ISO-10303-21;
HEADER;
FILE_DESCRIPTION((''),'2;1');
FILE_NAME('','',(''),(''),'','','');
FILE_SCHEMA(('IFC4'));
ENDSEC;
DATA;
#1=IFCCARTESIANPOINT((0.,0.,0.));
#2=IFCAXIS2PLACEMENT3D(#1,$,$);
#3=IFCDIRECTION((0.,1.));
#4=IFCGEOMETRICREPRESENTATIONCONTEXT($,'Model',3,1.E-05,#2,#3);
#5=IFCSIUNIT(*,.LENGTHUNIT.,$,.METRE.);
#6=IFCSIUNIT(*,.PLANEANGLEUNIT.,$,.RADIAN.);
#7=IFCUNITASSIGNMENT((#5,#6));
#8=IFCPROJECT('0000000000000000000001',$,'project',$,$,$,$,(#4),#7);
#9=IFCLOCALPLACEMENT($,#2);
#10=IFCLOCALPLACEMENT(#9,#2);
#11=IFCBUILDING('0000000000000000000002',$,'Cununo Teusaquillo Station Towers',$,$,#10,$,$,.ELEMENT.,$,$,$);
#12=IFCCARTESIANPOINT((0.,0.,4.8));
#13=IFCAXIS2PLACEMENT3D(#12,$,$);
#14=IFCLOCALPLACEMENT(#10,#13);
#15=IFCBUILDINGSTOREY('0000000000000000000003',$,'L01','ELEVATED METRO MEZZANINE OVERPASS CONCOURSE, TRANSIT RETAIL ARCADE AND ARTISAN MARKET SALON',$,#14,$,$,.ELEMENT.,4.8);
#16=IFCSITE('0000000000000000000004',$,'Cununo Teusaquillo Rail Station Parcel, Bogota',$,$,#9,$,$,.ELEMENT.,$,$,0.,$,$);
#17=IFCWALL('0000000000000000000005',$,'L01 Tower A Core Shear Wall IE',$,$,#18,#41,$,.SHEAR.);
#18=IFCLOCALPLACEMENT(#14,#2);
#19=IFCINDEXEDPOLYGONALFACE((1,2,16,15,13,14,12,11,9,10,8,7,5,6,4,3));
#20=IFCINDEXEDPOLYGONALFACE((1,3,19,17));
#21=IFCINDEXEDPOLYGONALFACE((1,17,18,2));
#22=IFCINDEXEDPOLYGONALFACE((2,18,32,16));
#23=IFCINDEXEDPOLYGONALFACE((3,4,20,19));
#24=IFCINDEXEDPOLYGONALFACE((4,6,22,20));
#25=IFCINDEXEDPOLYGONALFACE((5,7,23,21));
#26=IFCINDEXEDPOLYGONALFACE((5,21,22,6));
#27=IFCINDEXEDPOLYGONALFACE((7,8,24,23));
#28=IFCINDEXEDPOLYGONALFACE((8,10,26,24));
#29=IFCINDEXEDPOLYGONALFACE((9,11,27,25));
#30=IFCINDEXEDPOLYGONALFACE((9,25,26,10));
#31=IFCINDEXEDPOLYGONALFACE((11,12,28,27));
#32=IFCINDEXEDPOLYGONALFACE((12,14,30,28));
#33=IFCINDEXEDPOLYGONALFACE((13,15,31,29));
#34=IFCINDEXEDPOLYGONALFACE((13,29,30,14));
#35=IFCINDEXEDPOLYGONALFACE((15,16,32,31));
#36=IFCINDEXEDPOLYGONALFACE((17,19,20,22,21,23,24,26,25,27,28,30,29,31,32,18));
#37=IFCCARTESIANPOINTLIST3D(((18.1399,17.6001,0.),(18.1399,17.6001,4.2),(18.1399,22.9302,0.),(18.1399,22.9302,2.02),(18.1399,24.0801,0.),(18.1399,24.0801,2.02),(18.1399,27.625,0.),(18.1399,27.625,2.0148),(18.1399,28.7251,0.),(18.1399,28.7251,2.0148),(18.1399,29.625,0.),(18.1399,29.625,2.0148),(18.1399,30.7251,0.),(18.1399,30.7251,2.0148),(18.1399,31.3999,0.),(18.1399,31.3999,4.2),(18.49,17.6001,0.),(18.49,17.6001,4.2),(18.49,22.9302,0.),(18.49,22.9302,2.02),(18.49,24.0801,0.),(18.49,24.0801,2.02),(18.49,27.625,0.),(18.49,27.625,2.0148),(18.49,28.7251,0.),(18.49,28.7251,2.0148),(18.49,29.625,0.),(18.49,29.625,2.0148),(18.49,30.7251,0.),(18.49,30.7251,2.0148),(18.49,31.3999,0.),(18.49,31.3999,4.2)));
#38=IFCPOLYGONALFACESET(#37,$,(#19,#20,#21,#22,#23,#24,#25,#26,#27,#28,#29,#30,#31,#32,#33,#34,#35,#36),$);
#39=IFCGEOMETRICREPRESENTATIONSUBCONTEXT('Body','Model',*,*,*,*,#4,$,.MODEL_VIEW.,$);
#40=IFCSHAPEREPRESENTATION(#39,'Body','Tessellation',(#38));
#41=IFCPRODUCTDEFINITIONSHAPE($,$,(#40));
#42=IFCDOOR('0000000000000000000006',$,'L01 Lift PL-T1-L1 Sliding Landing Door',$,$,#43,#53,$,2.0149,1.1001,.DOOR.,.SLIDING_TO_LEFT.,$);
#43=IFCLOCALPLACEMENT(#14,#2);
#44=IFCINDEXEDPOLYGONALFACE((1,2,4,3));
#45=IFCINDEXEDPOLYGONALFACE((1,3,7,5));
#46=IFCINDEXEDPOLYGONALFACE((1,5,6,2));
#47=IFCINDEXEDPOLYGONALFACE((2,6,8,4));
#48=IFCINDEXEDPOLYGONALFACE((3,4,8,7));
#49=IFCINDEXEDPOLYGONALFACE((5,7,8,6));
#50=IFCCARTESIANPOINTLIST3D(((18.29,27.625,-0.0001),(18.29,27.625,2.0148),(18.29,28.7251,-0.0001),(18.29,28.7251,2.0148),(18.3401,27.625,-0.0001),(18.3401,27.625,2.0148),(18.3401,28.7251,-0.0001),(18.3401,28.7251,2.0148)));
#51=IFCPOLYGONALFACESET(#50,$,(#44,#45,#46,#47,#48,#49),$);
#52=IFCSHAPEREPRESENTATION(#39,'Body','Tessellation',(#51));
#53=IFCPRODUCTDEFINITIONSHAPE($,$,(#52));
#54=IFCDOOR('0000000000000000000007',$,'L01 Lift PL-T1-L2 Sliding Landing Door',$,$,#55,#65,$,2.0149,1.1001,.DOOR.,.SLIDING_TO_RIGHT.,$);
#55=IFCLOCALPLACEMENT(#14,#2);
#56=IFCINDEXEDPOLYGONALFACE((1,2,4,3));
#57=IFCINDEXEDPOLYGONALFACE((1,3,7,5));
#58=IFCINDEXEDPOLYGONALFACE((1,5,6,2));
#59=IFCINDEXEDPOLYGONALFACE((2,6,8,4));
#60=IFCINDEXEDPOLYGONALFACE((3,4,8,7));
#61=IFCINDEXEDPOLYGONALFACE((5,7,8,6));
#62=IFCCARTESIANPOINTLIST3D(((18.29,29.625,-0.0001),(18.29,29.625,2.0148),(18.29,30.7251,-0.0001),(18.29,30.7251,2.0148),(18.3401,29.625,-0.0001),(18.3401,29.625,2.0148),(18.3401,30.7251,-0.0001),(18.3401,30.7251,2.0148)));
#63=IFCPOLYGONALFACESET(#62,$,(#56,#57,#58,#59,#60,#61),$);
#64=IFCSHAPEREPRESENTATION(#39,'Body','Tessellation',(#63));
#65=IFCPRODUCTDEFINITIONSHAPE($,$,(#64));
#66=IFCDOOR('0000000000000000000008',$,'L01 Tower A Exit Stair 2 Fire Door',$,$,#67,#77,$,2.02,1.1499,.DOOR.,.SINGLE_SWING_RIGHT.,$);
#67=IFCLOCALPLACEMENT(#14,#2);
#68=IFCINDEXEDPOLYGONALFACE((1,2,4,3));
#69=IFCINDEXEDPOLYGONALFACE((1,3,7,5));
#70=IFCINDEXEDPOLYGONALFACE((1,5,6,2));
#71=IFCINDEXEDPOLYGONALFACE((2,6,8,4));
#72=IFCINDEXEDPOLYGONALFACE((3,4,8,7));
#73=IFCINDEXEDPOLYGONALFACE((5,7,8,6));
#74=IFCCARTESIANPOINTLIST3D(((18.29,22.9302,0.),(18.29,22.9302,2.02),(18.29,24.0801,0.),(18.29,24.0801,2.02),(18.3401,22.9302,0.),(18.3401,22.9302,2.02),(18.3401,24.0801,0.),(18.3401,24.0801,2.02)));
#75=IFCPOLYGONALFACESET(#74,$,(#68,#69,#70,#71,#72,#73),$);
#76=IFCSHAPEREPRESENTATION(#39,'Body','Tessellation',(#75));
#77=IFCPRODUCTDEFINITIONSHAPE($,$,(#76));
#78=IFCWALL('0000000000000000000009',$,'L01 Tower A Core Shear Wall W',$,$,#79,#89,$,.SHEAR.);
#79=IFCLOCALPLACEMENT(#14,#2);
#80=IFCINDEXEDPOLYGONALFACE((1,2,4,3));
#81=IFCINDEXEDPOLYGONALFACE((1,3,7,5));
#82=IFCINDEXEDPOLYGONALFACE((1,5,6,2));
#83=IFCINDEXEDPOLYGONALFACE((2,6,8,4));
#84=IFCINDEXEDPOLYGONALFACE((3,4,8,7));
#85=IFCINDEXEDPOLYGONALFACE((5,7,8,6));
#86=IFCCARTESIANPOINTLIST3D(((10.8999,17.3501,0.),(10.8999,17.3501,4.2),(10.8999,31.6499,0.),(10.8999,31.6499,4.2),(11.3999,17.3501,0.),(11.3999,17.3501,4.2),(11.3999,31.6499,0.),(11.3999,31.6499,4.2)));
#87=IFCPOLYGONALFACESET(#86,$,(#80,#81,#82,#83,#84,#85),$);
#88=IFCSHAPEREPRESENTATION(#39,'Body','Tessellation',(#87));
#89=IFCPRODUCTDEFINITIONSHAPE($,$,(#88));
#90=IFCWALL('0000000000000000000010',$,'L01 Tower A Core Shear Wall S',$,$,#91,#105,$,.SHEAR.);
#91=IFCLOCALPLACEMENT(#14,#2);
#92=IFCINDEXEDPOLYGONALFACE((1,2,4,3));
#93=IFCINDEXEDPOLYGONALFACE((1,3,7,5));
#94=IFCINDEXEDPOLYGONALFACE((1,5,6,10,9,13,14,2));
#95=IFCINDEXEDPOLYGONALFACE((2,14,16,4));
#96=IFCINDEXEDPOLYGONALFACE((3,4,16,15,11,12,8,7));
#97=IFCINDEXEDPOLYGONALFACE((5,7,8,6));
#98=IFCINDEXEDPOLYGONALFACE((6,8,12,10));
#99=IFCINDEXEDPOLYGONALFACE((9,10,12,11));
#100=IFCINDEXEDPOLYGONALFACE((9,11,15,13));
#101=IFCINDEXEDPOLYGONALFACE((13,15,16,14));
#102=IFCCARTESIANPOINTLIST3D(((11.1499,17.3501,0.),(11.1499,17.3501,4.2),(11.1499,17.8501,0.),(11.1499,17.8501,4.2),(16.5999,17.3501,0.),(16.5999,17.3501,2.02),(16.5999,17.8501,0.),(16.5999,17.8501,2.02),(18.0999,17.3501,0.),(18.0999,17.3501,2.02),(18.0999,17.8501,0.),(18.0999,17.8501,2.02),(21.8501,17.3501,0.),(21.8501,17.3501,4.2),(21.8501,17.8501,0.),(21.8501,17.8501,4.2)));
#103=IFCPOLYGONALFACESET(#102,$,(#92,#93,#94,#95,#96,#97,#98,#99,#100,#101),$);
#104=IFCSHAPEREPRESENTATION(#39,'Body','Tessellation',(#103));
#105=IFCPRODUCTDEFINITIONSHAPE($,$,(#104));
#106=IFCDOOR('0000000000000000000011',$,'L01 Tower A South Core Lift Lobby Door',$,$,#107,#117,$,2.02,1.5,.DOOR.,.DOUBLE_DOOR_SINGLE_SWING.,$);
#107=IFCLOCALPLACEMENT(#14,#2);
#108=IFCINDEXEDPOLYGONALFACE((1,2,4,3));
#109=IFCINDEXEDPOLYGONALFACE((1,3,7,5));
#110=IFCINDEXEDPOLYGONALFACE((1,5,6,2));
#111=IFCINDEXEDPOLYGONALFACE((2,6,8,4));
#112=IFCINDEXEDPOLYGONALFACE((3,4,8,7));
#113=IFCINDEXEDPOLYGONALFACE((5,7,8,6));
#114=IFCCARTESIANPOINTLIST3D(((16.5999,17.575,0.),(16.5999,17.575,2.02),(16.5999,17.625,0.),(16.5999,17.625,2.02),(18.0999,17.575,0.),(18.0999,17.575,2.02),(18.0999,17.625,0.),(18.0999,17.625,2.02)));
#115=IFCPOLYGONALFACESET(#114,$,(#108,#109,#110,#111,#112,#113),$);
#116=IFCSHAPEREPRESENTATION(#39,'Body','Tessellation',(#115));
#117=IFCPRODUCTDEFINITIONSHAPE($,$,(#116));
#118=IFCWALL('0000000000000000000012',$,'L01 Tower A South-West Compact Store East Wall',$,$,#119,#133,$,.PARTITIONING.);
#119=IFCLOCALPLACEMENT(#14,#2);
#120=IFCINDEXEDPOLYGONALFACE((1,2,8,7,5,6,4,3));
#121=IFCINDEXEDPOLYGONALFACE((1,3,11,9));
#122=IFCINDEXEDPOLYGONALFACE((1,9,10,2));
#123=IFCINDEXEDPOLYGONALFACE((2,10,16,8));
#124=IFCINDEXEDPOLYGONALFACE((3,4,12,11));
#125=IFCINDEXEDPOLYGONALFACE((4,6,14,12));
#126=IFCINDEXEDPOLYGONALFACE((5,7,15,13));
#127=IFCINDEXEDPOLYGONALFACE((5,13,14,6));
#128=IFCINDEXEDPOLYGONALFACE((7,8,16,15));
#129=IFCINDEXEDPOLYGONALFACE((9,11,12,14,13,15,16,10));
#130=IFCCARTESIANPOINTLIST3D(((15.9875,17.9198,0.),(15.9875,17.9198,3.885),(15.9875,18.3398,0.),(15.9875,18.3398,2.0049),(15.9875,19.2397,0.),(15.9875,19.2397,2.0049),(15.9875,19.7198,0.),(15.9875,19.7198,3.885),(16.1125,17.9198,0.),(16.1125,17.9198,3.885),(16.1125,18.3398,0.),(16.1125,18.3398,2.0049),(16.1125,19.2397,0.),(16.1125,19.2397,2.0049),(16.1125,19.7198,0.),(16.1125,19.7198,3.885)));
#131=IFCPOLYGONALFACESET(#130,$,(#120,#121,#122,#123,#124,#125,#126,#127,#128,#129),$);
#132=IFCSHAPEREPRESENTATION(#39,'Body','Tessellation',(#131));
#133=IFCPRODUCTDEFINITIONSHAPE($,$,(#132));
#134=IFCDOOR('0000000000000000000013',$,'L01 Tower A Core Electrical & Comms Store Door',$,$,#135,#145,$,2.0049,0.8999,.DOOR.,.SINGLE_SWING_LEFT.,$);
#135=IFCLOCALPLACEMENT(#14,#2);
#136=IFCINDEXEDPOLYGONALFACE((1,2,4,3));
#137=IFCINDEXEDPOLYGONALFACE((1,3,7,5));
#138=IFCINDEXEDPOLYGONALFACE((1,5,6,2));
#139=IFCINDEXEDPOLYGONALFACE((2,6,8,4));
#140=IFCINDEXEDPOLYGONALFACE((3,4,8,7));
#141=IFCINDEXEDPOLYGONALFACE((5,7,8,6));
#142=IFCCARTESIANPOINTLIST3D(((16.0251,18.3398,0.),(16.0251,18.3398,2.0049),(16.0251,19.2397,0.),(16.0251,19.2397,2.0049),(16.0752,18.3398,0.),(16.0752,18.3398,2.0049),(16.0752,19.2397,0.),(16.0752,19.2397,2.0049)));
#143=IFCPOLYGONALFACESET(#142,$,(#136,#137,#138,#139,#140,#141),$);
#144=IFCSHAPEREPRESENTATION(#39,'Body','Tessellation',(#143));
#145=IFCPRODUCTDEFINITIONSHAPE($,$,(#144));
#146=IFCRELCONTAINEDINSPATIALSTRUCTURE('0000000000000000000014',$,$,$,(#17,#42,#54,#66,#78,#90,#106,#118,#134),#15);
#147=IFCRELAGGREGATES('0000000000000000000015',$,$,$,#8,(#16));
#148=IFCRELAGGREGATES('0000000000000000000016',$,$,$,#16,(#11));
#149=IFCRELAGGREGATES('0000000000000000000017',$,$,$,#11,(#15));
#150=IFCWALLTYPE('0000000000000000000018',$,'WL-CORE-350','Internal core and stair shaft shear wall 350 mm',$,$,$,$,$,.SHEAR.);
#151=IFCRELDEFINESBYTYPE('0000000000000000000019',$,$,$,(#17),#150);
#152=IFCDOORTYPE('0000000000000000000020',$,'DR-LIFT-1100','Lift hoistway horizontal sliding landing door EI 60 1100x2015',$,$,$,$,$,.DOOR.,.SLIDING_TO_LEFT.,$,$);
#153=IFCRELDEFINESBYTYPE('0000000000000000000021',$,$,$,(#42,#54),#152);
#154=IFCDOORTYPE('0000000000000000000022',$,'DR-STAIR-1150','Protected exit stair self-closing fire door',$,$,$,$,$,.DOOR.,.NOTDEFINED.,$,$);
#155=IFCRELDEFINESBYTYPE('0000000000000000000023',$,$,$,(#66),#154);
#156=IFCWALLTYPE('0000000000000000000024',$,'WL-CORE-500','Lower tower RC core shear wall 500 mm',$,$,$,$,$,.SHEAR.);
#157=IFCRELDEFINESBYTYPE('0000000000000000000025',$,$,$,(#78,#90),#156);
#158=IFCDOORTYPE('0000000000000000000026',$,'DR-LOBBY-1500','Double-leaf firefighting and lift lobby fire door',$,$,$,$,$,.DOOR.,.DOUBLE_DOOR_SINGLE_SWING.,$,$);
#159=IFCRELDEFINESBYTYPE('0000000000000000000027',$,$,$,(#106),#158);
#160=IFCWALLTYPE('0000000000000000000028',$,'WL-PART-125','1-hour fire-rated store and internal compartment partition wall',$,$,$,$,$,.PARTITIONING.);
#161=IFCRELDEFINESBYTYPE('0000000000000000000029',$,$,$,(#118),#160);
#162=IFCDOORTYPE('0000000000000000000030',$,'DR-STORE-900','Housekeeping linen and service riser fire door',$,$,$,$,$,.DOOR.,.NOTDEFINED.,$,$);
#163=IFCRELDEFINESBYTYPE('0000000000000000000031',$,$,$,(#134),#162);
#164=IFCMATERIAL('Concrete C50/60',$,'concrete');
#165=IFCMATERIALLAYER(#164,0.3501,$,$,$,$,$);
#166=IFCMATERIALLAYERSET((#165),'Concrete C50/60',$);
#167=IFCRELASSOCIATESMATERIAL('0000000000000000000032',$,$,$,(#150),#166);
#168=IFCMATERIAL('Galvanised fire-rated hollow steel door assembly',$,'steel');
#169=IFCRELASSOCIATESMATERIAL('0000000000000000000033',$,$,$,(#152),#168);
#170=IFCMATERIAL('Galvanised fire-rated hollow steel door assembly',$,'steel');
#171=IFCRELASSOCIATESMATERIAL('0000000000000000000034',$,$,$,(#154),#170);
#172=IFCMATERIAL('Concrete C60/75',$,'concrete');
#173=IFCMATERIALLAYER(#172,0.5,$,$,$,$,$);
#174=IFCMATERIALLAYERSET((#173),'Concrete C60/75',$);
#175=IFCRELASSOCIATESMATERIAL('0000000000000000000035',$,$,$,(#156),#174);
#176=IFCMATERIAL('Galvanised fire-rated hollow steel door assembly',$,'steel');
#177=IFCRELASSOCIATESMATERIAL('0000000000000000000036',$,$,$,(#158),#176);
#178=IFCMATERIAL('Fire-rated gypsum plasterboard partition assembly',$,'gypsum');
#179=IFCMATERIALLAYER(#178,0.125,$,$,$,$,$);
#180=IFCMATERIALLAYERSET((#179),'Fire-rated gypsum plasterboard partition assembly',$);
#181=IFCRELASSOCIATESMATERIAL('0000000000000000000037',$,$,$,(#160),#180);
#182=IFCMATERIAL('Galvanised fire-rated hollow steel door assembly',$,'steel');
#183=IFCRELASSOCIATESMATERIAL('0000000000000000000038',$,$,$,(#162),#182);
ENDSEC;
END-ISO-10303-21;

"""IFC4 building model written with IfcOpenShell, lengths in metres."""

from ifc_helpers import new_model, si_unit, direction, frame, frame_2d, origin, place, context, subcontext, project, spatial, rectangle, extrude, source, transform, mapped, material, layer, layer_set, type_object, element, fill, save


model = new_model("IFC4")

# Units and contexts
model_context = context("Model", 3, precision=1e-05, world=origin(), true_north=direction((0.0, 1.0)))
body_context = subcontext(model_context, "Body", "Model", "MODEL_VIEW")
ifc_project = project(units=[si_unit("LENGTHUNIT", "METRE"), si_unit("PLANEANGLEUNIT", "RADIAN")], contexts=[model_context])

# Site, building, storey
site_placement = place(None, origin())
site = spatial("IfcSite", under=ifc_project, at=site_placement, Name="Cununo Teusaquillo Rail Station Parcel, Bogota", CompositionType="ELEMENT", RefElevation=0.0)
building_placement = place(site_placement, origin())
building = spatial("IfcBuilding", under=site, at=building_placement, Name="Cununo Teusaquillo Station Towers", CompositionType="ELEMENT")
storey_placement = place(building_placement, frame((0.0, 0.0, 4.8)))
storey = spatial("IfcBuildingStorey", under=building, at=storey_placement, Name="L01", Description="ELEVATED METRO MEZZANINE OVERPASS CONCOURSE, TRANSIT RETAIL ARCADE AND ARTISAN MARKET SALON", CompositionType="ELEMENT", Elevation=4.8)

# Shared definitions
ifc_material_1 = material(Name="Concrete C50/60", Category="concrete")
ifc_layer_1 = layer(ifc_material_1, 0.3501)
ifc_layer_set_1 = layer_set([ifc_layer_1], Name="Concrete C50/60")
wall_type_1 = type_object("IfcWallType", Name="WL-CORE-350", Description="Internal core and stair shaft shear wall 350 mm", PredefinedType="SHEAR", material=ifc_layer_set_1)

# Wall, openings, doors
shared_shape_1 = source(origin(), body_context, "Body", "SweptSolid", [
    extrude(rectangle(XDim=1.1001, YDim=2.0149, at=frame_2d((0.55, 1.0073))), frame((0.0, 0.1851, 0.0), z_axis=(0.0, -1.0, 0.0), x_axis=(1.0, 0.0, 0.0)), (0.0, 0.0, 1.0), 0.3701),
])
shared_shape_2 = source(origin(), body_context, "Body", "SweptSolid", [
    extrude(rectangle(XDim=1.1499, YDim=2.02, at=frame_2d((0.575, 1.01))), frame((0.0, 0.1851, 0.0), z_axis=(0.0, -1.0, 0.0), x_axis=(1.0, 0.0, 0.0)), (0.0, 0.0, 1.0), 0.3701),
])
ifc_material_2 = material(Name="Galvanised fire-rated hollow steel door assembly", Category="steel")
door_type_1 = type_object("IfcDoorType", Name="DR-LIFT-1100", Description="Lift hoistway horizontal sliding landing door EI 60 1100x2015", OperationType="SLIDING_TO_LEFT", PredefinedType="DOOR", material=ifc_material_2)
shared_shape_3 = source(origin(), body_context, "Body", "SweptSolid", [
    extrude(rectangle(XDim=1.1001, YDim=2.0149, at=frame_2d((0.55, 1.0073))), frame((0.0, 0.0249, 0.0), z_axis=(0.0, -1.0, 0.0), x_axis=(1.0, 0.0, 0.0)), (0.0, 0.0, 1.0), 0.05),
])
ifc_material_3 = material(Name="Galvanised fire-rated hollow steel door assembly", Category="steel")
door_type_2 = type_object("IfcDoorType", Name="DR-STAIR-1150", Description="Protected exit stair self-closing fire door", OperationType="NOTDEFINED", PredefinedType="DOOR", material=ifc_material_3)
shared_shape_4 = source(origin(), body_context, "Body", "SweptSolid", [
    extrude(rectangle(XDim=1.1499, YDim=2.02, at=frame_2d((0.575, 1.01))), frame((0.0, 0.0249, 0.0), z_axis=(0.0, -1.0, 0.0), x_axis=(1.0, 0.0, 0.0)), (0.0, 0.0, 1.0), 0.05),
])
wall_1_placement = place(storey_placement, frame((18.3149, 17.6001, 0.0), z_axis=(0.0, 0.0, 1.0), x_axis=(0.0, 1.0, 0.0)))
wall_1 = element("IfcWall", 1, at=wall_1_placement, inside=storey, type_object=wall_type_1, Name="L01 Tower A Core Shear Wall IE", PredefinedType="SHEAR", context=body_context, shape_type="SweptSolid", body=[
    extrude(rectangle(XDim=13.7998, YDim=0.3501, at=frame_2d((6.8999, 0.0))), origin(), (0.0, 0.0, 1.0), 4.2),
])
opening_1_placement = place(wall_1_placement, frame((10.0249, 0.0, 0.0)))
opening_1 = element("IfcOpeningElement", 2, at=opening_1_placement, cuts=wall_1, PredefinedType="OPENING", context=body_context, shape_type="MappedRepresentation", body=[
    mapped(shared_shape_1, transform((0.0, 0.0, 0.0), x_axis=(1.0, 0.0, 0.0), y_axis=(0.0, 1.0, 0.0), z_axis=(0.0, 0.0, 1.0), scale=1.0)),
])
opening_2_placement = place(wall_1_placement, frame((12.0249, 0.0, 0.0)))
opening_2 = element("IfcOpeningElement", 3, at=opening_2_placement, cuts=wall_1, PredefinedType="OPENING", context=body_context, shape_type="MappedRepresentation", body=[
    mapped(shared_shape_1, transform((0.0, 0.0, 0.0), x_axis=(1.0, 0.0, 0.0), y_axis=(0.0, 1.0, 0.0), z_axis=(0.0, 0.0, 1.0), scale=1.0)),
])
opening_3_placement = place(wall_1_placement, frame((5.3301, 0.0, 0.0)))
opening_3 = element("IfcOpeningElement", 4, at=opening_3_placement, cuts=wall_1, PredefinedType="OPENING", context=body_context, shape_type="MappedRepresentation", body=[
    mapped(shared_shape_2, transform((0.0, 0.0, 0.0), x_axis=(1.0, 0.0, 0.0), y_axis=(0.0, 1.0, 0.0), z_axis=(0.0, 0.0, 1.0), scale=1.0)),
])
door_1_placement = place(opening_1_placement, origin())
door_1 = element("IfcDoor", 5, at=door_1_placement, inside=storey, type_object=door_type_1, Name="L01 Lift PL-T1-L1 Sliding Landing Door", OperationType="SLIDING_TO_LEFT", OverallHeight=2.0149, OverallWidth=1.1001, PredefinedType="DOOR", context=body_context, shape_type="MappedRepresentation", body=[
    mapped(shared_shape_3, transform((0.0, 0.0, 0.0), x_axis=(1.0, 0.0, 0.0), y_axis=(0.0, 1.0, 0.0), z_axis=(0.0, 0.0, 1.0), scale=1.0)),
])
fill(opening_1, door_1)
door_2_placement = place(opening_2_placement, origin())
door_2 = element("IfcDoor", 6, at=door_2_placement, inside=storey, type_object=door_type_1, Name="L01 Lift PL-T1-L2 Sliding Landing Door", OperationType="SLIDING_TO_RIGHT", OverallHeight=2.0149, OverallWidth=1.1001, PredefinedType="DOOR", context=body_context, shape_type="MappedRepresentation", body=[
    mapped(shared_shape_3, transform((0.0, 0.0, 0.0), x_axis=(1.0, 0.0, 0.0), y_axis=(0.0, 1.0, 0.0), z_axis=(0.0, 0.0, 1.0), scale=1.0)),
])
fill(opening_2, door_2)
door_3_placement = place(opening_3_placement, origin())
door_3 = element("IfcDoor", 7, at=door_3_placement, inside=storey, type_object=door_type_2, Name="L01 Tower A Exit Stair 2 Fire Door", OperationType="SINGLE_SWING_RIGHT", OverallHeight=2.02, OverallWidth=1.1499, PredefinedType="DOOR", context=body_context, shape_type="MappedRepresentation", body=[
    mapped(shared_shape_4, transform((0.0, 0.0, 0.0), x_axis=(1.0, 0.0, 0.0), y_axis=(0.0, 1.0, 0.0), z_axis=(0.0, 0.0, 1.0), scale=1.0)),
])
fill(opening_3, door_3)

# Wall
ifc_material_4 = material(Name="Concrete C60/75", Category="concrete")
ifc_layer_2 = layer(ifc_material_4, 0.5)
ifc_layer_set_2 = layer_set([ifc_layer_2], Name="Concrete C60/75")
wall_type_2 = type_object("IfcWallType", Name="WL-CORE-500", Description="Lower tower RC core shear wall 500 mm", PredefinedType="SHEAR", material=ifc_layer_set_2)
wall_2_placement = place(storey_placement, frame((11.1499, 17.3501, 0.0), z_axis=(0.0, 0.0, 1.0), x_axis=(0.0, 1.0, 0.0)))
element("IfcWall", 8, at=wall_2_placement, inside=storey, type_object=wall_type_2, Name="L01 Tower A Core Shear Wall W", PredefinedType="SHEAR", context=body_context, shape_type="SweptSolid", body=[
    extrude(rectangle(XDim=14.2998, YDim=0.5, at=frame_2d((7.1499, 0.0))), origin(), (0.0, 0.0, 1.0), 4.2),
])

# Walls, openings, doors
wall_3_placement = place(storey_placement, frame((11.1499, 17.6001, 0.0), z_axis=(0.0, 0.0, 1.0), x_axis=(1.0, 0.0, 0.0)))
wall_3 = element("IfcWall", 9, at=wall_3_placement, inside=storey, type_object=wall_type_2, Name="L01 Tower A Core Shear Wall S", PredefinedType="SHEAR", context=body_context, shape_type="SweptSolid", body=[
    extrude(rectangle(XDim=10.7002, YDim=0.5, at=frame_2d((5.3501, 0.0))), origin(), (0.0, 0.0, 1.0), 4.2),
])
shared_shape_5 = source(origin(), body_context, "Body", "SweptSolid", [
    extrude(rectangle(XDim=1.5, YDim=2.02, at=frame_2d((0.75, 1.01))), frame((0.0, 0.26, 0.0), z_axis=(0.0, -1.0, 0.0), x_axis=(1.0, 0.0, 0.0)), (0.0, 0.0, 1.0), 0.52),
])
opening_4_placement = place(wall_3_placement, frame((5.45, 0.0, 0.0)))
opening_4 = element("IfcOpeningElement", 10, at=opening_4_placement, cuts=wall_3, PredefinedType="OPENING", context=body_context, shape_type="MappedRepresentation", body=[
    mapped(shared_shape_5, transform((0.0, 0.0, 0.0), x_axis=(1.0, 0.0, 0.0), y_axis=(0.0, 1.0, 0.0), z_axis=(0.0, 0.0, 1.0), scale=1.0)),
])
ifc_material_5 = material(Name="Galvanised fire-rated hollow steel door assembly", Category="steel")
door_type_3 = type_object("IfcDoorType", Name="DR-LOBBY-1500", Description="Double-leaf firefighting and lift lobby fire door", OperationType="DOUBLE_DOOR_SINGLE_SWING", PredefinedType="DOOR", material=ifc_material_5)
shared_shape_6 = source(origin(), body_context, "Body", "SweptSolid", [
    extrude(rectangle(XDim=1.5, YDim=2.02, at=frame_2d((0.75, 1.01))), frame((0.0, 0.0249, 0.0), z_axis=(0.0, -1.0, 0.0), x_axis=(1.0, 0.0, 0.0)), (0.0, 0.0, 1.0), 0.05),
])
door_4_placement = place(opening_4_placement, origin())
door_4 = element("IfcDoor", 11, at=door_4_placement, inside=storey, type_object=door_type_3, Name="L01 Tower A South Core Lift Lobby Door", OperationType="DOUBLE_DOOR_SINGLE_SWING", OverallHeight=2.02, OverallWidth=1.5, PredefinedType="DOOR", context=body_context, shape_type="MappedRepresentation", body=[
    mapped(shared_shape_6, transform((0.0, 0.0, 0.0), x_axis=(1.0, 0.0, 0.0), y_axis=(0.0, 1.0, 0.0), z_axis=(0.0, 0.0, 1.0), scale=1.0)),
])
fill(opening_4, door_4)
ifc_material_6 = material(Name="Fire-rated gypsum plasterboard partition assembly", Category="gypsum")
ifc_layer_3 = layer(ifc_material_6, 0.125)
ifc_layer_set_3 = layer_set([ifc_layer_3], Name="Fire-rated gypsum plasterboard partition assembly")
wall_type_3 = type_object("IfcWallType", Name="WL-PART-125", Description="1-hour fire-rated store and internal compartment partition wall", PredefinedType="PARTITIONING", material=ifc_layer_set_3)
wall_4_placement = place(storey_placement, frame((16.05, 17.9199, 0.0), z_axis=(0.0, 0.0, 1.0), x_axis=(0.0, 1.0, 0.0)))
wall_4 = element("IfcWall", 12, at=wall_4_placement, inside=storey, type_object=wall_type_3, Name="L01 Tower A South-West Compact Store East Wall", PredefinedType="PARTITIONING", context=body_context, shape_type="SweptSolid", body=[
    extrude(rectangle(XDim=1.8, YDim=0.125, at=frame_2d((0.8999, 0.0))), origin(), (0.0, 0.0, 1.0), 3.885),
])
shared_shape_7 = source(origin(), body_context, "Body", "SweptSolid", [
    extrude(rectangle(XDim=0.8999, YDim=2.0049, at=frame_2d((0.45, 1.0024))), frame((0.0, 0.0725, 0.0), z_axis=(0.0, -1.0, 0.0), x_axis=(1.0, 0.0, 0.0)), (0.0, 0.0, 1.0), 0.145),
])
opening_5_placement = place(wall_4_placement, frame((0.4199, 0.0, 0.0)))
opening_5 = element("IfcOpeningElement", 13, at=opening_5_placement, cuts=wall_4, PredefinedType="OPENING", context=body_context, shape_type="MappedRepresentation", body=[
    mapped(shared_shape_7, transform((0.0, 0.0, 0.0), x_axis=(1.0, 0.0, 0.0), y_axis=(0.0, 1.0, 0.0), z_axis=(0.0, 0.0, 1.0), scale=1.0)),
])
ifc_material_7 = material(Name="Galvanised fire-rated hollow steel door assembly", Category="steel")
door_type_4 = type_object("IfcDoorType", Name="DR-STORE-900", Description="Housekeeping linen and service riser fire door", OperationType="NOTDEFINED", PredefinedType="DOOR", material=ifc_material_7)
shared_shape_8 = source(origin(), body_context, "Body", "SweptSolid", [
    extrude(rectangle(XDim=0.8999, YDim=2.0049, at=frame_2d((0.45, 1.0024))), frame((0.0, 0.0249, 0.0), z_axis=(0.0, -1.0, 0.0), x_axis=(1.0, 0.0, 0.0)), (0.0, 0.0, 1.0), 0.05),
])
door_5_placement = place(opening_5_placement, origin())
door_5 = element("IfcDoor", 14, at=door_5_placement, inside=storey, type_object=door_type_4, Name="L01 Tower A Core Electrical & Comms Store Door", OperationType="SINGLE_SWING_LEFT", OverallHeight=2.0049, OverallWidth=0.8999, PredefinedType="DOOR", context=body_context, shape_type="MappedRepresentation", body=[
    mapped(shared_shape_8, transform((0.0, 0.0, 0.0), x_axis=(1.0, 0.0, 0.0), y_axis=(0.0, 1.0, 0.0), z_axis=(0.0, 0.0, 1.0), scale=1.0)),
])
fill(opening_5, door_5)

save(model, "model.ifc")
